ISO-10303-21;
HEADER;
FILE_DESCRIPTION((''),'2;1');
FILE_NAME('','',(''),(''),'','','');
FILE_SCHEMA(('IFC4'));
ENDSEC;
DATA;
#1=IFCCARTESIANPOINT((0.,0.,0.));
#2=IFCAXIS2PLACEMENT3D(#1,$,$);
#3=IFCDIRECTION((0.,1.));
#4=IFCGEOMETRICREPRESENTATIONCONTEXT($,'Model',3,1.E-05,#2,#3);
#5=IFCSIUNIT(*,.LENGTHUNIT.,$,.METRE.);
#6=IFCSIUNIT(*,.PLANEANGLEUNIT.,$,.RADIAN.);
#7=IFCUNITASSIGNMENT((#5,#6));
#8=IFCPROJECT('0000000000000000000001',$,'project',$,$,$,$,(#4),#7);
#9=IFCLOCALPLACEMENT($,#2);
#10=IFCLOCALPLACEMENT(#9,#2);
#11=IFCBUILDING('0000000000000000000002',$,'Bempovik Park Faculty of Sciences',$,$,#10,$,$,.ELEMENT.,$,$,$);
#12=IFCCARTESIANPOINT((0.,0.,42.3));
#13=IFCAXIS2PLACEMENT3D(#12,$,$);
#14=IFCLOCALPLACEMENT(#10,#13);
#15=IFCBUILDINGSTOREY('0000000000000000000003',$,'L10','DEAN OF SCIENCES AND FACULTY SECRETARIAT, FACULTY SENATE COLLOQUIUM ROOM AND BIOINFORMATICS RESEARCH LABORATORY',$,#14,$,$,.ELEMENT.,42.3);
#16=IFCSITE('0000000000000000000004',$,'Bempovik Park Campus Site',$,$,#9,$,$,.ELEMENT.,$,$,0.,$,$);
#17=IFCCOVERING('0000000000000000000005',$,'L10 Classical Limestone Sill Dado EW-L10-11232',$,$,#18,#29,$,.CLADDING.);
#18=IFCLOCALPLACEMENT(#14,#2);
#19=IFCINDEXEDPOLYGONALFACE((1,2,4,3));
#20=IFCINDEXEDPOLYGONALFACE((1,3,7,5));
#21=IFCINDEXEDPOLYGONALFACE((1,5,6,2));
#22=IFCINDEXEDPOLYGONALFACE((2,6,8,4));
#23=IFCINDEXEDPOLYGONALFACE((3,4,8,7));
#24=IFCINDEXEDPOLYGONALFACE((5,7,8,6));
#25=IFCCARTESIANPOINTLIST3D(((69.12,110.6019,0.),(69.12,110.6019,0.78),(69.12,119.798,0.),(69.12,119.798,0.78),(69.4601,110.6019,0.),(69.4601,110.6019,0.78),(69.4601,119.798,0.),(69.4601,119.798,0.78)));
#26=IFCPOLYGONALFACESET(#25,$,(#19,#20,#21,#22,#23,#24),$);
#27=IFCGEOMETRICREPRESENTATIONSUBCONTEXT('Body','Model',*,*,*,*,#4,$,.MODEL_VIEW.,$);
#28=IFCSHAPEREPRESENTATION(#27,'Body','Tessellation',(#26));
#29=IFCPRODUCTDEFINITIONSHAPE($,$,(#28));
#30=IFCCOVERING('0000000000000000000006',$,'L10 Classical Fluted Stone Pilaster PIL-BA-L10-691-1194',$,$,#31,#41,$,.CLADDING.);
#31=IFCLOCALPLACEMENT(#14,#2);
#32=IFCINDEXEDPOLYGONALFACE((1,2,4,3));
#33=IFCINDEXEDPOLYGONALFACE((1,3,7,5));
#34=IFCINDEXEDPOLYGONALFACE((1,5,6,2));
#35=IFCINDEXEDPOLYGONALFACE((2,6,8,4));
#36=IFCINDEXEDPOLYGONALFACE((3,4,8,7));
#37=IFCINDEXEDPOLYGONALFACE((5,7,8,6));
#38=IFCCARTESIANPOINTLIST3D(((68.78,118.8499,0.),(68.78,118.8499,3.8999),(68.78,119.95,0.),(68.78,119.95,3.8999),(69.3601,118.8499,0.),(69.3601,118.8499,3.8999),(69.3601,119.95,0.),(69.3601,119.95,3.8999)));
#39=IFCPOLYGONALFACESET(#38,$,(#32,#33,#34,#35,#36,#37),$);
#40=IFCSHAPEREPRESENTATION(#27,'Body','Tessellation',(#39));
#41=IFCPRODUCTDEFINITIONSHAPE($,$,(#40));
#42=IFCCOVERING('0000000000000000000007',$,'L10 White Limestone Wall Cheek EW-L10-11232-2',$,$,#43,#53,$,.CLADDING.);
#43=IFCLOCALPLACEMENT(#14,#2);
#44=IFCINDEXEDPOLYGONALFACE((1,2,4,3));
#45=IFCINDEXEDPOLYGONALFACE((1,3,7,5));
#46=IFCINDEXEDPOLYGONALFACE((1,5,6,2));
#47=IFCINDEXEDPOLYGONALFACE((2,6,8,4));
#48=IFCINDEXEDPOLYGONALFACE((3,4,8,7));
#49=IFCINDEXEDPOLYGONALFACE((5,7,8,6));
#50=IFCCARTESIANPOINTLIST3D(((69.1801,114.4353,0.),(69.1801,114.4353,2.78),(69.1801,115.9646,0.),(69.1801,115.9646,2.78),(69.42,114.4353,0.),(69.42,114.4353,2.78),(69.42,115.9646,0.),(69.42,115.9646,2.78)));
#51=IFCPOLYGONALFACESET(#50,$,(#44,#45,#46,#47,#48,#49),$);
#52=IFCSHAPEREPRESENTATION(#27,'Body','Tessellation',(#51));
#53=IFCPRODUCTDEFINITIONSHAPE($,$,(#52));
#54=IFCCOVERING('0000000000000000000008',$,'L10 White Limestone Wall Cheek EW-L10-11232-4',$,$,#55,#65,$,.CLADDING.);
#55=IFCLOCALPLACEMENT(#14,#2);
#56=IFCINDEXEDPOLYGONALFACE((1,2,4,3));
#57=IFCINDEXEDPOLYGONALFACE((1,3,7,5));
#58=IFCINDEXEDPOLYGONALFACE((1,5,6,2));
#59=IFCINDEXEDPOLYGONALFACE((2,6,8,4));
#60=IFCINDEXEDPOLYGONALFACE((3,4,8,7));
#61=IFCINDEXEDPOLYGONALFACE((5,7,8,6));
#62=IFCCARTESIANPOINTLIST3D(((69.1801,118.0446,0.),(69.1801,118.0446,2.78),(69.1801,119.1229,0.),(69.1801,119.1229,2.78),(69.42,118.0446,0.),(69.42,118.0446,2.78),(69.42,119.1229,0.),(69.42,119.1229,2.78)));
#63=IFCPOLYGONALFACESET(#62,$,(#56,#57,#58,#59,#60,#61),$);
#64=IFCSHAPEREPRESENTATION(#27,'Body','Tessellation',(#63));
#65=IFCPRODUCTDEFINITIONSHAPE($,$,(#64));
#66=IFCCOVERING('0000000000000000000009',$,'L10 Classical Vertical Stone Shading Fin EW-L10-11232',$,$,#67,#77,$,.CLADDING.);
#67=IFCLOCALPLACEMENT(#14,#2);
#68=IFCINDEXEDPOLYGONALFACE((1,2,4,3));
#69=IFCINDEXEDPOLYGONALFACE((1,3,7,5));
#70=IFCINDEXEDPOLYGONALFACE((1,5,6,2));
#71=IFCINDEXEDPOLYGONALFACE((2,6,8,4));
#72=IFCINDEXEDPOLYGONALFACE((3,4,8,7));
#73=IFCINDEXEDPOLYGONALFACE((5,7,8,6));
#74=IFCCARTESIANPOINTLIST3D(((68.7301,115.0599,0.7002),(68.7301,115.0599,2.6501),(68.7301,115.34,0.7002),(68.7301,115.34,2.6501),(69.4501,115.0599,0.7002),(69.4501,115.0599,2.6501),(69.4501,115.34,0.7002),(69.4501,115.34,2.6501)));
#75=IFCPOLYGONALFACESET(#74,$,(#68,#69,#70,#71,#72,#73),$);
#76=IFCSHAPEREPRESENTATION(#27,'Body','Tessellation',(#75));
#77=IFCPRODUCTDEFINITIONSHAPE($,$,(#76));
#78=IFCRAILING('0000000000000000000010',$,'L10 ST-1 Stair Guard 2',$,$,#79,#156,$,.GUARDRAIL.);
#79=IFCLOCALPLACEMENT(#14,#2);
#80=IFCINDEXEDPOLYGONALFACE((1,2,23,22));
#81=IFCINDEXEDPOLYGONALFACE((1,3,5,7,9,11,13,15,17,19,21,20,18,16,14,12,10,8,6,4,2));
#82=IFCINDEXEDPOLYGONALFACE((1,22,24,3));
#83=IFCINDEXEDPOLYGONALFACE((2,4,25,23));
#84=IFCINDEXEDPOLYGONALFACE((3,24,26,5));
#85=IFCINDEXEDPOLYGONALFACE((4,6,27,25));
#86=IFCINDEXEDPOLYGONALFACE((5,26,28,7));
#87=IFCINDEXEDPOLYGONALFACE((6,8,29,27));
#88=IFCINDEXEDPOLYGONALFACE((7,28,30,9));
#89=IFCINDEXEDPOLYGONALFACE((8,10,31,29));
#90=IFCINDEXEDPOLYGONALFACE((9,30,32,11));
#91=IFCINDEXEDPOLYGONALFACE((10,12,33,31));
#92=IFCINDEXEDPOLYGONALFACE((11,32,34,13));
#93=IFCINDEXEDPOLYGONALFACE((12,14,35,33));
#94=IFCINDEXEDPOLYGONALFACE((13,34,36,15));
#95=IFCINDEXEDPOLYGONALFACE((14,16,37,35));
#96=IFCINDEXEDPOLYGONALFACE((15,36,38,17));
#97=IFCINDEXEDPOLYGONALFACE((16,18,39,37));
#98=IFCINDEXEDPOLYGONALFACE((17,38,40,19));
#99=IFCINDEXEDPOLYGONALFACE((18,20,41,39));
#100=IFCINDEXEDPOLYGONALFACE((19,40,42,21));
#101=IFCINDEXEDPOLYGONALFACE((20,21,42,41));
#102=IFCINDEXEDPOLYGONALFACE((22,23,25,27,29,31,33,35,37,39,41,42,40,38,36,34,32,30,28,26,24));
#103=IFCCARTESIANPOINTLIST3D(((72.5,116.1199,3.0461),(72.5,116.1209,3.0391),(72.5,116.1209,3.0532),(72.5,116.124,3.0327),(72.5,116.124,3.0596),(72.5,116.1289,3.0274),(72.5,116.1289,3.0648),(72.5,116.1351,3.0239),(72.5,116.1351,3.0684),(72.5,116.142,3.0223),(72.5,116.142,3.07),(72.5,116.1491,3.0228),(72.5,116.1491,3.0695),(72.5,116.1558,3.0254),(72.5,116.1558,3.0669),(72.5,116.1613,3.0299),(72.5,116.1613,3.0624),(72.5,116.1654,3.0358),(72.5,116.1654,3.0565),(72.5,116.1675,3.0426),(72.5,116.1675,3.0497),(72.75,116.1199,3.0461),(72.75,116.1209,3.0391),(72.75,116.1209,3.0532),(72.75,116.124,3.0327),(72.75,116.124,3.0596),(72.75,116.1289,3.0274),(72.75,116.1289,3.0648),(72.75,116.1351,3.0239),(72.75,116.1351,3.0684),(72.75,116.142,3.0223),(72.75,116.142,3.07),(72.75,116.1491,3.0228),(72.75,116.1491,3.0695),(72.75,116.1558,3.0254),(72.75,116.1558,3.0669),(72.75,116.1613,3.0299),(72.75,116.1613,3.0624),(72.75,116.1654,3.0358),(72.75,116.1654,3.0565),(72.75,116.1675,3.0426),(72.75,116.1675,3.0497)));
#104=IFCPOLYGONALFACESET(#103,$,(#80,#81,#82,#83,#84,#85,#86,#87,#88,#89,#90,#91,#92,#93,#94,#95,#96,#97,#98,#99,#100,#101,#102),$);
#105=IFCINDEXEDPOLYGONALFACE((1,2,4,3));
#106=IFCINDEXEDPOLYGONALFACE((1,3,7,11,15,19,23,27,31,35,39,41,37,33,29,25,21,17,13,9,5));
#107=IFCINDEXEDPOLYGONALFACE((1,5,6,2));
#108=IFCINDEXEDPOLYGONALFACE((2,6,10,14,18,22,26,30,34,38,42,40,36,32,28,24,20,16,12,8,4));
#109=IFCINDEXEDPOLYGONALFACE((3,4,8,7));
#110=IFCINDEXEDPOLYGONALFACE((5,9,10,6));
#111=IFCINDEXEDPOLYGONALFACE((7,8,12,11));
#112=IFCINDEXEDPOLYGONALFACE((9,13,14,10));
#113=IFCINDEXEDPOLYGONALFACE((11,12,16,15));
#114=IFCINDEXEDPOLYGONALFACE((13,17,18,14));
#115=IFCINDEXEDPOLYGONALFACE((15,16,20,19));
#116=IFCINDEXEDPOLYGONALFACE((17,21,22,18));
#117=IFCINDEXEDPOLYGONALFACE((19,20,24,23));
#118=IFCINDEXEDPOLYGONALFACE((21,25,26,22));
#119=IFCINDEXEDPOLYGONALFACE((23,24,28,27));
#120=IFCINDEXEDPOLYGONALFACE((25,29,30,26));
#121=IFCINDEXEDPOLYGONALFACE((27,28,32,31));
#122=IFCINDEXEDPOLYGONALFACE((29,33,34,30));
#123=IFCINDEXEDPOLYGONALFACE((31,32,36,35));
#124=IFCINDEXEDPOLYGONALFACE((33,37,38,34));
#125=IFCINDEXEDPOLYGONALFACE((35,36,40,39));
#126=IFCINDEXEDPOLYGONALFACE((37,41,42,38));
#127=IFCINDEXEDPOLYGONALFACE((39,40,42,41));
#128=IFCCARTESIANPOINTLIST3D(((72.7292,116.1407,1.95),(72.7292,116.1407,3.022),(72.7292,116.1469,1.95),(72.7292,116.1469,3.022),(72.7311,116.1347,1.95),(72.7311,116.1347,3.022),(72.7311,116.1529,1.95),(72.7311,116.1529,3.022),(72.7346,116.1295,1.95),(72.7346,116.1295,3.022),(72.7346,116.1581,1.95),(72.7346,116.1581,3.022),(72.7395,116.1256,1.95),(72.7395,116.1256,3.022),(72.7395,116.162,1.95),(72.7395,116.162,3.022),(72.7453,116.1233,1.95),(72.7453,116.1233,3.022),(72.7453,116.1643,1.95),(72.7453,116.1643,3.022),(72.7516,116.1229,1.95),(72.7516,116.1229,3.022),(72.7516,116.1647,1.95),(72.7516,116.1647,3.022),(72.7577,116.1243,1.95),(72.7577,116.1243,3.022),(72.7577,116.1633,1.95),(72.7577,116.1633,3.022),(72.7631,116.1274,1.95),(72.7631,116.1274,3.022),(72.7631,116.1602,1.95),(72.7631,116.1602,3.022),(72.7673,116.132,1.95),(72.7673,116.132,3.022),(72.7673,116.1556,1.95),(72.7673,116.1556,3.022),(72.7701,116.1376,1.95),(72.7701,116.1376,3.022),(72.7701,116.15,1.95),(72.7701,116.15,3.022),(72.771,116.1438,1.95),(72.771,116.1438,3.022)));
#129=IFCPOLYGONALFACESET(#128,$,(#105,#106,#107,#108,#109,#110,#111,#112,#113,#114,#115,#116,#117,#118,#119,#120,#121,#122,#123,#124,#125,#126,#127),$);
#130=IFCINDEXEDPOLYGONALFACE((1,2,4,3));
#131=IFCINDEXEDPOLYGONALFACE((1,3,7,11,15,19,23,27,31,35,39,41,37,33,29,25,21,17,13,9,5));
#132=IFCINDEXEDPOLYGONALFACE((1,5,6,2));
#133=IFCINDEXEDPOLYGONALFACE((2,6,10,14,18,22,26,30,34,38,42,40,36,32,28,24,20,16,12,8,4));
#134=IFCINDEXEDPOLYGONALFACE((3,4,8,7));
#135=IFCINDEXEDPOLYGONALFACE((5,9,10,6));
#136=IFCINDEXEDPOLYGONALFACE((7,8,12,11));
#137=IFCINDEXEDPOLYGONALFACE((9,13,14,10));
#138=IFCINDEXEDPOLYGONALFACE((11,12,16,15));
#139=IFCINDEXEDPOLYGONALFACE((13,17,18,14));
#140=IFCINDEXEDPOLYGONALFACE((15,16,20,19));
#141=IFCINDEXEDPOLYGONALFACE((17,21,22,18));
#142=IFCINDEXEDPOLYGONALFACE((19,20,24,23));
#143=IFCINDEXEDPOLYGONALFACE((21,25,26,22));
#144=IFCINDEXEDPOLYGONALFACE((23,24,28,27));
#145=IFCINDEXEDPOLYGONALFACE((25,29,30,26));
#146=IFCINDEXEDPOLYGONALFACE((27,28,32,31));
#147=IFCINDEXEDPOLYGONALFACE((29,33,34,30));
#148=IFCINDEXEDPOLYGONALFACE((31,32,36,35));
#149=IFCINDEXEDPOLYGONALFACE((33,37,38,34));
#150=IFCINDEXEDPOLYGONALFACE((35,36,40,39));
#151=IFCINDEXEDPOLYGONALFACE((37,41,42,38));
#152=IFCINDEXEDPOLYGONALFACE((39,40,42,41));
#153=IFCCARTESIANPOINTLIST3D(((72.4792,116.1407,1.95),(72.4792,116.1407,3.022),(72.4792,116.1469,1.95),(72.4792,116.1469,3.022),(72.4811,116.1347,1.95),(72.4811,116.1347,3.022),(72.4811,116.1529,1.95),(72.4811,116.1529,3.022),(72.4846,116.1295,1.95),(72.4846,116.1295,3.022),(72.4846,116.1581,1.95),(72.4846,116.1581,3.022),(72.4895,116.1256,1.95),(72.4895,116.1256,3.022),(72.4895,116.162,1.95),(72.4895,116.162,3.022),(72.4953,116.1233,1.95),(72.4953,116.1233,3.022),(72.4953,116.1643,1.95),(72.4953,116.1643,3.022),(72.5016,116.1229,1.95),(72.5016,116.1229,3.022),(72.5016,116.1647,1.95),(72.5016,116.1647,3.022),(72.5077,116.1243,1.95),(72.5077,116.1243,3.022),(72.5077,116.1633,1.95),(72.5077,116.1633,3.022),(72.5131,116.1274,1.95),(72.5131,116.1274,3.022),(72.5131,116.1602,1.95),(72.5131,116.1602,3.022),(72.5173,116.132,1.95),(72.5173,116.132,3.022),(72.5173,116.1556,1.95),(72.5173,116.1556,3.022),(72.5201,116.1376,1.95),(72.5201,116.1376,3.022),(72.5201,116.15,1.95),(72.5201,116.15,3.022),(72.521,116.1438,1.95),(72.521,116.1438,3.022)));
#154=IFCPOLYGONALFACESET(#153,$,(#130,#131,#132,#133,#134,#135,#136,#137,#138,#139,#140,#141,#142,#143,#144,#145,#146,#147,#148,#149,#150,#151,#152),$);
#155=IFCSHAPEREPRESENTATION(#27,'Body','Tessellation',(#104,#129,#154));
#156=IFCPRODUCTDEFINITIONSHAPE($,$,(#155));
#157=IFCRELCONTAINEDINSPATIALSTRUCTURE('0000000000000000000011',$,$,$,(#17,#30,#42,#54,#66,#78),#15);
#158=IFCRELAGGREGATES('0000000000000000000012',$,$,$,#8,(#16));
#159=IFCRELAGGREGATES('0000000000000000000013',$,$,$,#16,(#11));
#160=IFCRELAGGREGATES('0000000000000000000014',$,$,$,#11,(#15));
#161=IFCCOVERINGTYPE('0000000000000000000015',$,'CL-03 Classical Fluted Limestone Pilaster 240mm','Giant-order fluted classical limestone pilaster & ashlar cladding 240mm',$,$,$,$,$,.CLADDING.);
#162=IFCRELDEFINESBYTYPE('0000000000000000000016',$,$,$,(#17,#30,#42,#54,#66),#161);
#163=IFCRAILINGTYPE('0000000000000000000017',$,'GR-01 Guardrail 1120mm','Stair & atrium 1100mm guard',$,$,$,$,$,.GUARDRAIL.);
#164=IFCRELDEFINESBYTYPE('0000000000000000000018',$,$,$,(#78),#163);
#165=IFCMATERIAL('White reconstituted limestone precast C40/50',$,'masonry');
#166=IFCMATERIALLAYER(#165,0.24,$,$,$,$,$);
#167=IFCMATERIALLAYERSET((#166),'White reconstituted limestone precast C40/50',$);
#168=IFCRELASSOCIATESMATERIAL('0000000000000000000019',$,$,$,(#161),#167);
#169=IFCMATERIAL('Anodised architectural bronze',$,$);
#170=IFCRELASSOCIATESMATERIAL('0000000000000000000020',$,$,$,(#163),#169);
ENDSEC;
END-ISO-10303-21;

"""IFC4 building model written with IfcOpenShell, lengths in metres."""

from ifc_helpers import new_model, si_unit, direction, frame, origin, origin_2d, place, context, subcontext, project, spatial, rectangle, circle, extrude, material, layer, layer_set, type_object, element, save


model = new_model("IFC4")

# Units and contexts
model_context = context("Model", 3, precision=1e-05, world=origin(), true_north=direction((0.0, 1.0)))
body_context = subcontext(model_context, "Body", "Model", "MODEL_VIEW")
ifc_project = project(units=[si_unit("LENGTHUNIT", "METRE"), si_unit("PLANEANGLEUNIT", "RADIAN")], contexts=[model_context])

# Site, building, storey
site_placement = place(None, origin())
site = spatial("IfcSite", under=ifc_project, at=site_placement, Name="Bempovik Park Campus Site", CompositionType="ELEMENT", RefElevation=0.0)
building_placement = place(site_placement, origin())
building = spatial("IfcBuilding", under=site, at=building_placement, Name="Bempovik Park Faculty of Sciences", CompositionType="ELEMENT")
storey_placement = place(building_placement, frame((0.0, 0.0, 42.3)))
storey = spatial("IfcBuildingStorey", under=building, at=storey_placement, Name="L10", Description="DEAN OF SCIENCES AND FACULTY SECRETARIAT, FACULTY SENATE COLLOQUIUM ROOM AND BIOINFORMATICS RESEARCH LABORATORY", CompositionType="ELEMENT", Elevation=42.3)

# Coverings
ifc_material_1 = material(Name="White reconstituted limestone precast C40/50", Category="masonry")
ifc_layer_1 = layer(ifc_material_1, 0.24)
ifc_layer_set_1 = layer_set([ifc_layer_1], Name="White reconstituted limestone precast C40/50")
covering_type_1 = type_object("IfcCoveringType", Name="CL-03 Classical Fluted Limestone Pilaster 240mm", Description="Giant-order fluted classical limestone pilaster & ashlar cladding 240mm", PredefinedType="CLADDING", material=ifc_layer_set_1)
covering_1_placement = place(storey_placement, frame((69.29, 115.2, 0.0), z_axis=(0.0, 0.0, 1.0), x_axis=(1.0, 0.0, 0.0)))
element("IfcCovering", 1, at=covering_1_placement, inside=storey, type_object=covering_type_1, Name="L10 Classical Limestone Sill Dado EW-L10-11232", PredefinedType="CLADDING", context=body_context, shape_type="SweptSolid", body=[
    extrude(rectangle(XDim=0.3401, YDim=9.196, at=origin_2d()), origin(), (0.0, 0.0, 1.0), 0.78),
])
covering_2_placement = place(storey_placement, frame((69.0701, 119.3999, 0.0), z_axis=(0.0, 0.0, 1.0), x_axis=(1.0, 0.0, 0.0)))
element("IfcCovering", 2, at=covering_2_placement, inside=storey, type_object=covering_type_1, Name="L10 Classical Fluted Stone Pilaster PIL-BA-L10-691-1194", PredefinedType="CLADDING", context=body_context, shape_type="SweptSolid", body=[
    extrude(rectangle(XDim=0.5801, YDim=1.1001, at=origin_2d()), origin(), (0.0, 0.0, 1.0), 3.8999),
])
covering_3_placement = place(storey_placement, frame((69.3, 115.2, 0.0), z_axis=(0.0, 0.0, 1.0), x_axis=(1.0, 0.0, 0.0)))
element("IfcCovering", 3, at=covering_3_placement, inside=storey, type_object=covering_type_1, Name="L10 White Limestone Wall Cheek EW-L10-11232-2", PredefinedType="CLADDING", context=body_context, shape_type="SweptSolid", body=[
    extrude(rectangle(XDim=0.24, YDim=1.5293, at=origin_2d()), origin(), (0.0, 0.0, 1.0), 2.78),
])
covering_4_placement = place(storey_placement, frame((69.3, 118.5837, 0.0), z_axis=(0.0, 0.0, 1.0), x_axis=(1.0, 0.0, 0.0)))
element("IfcCovering", 4, at=covering_4_placement, inside=storey, type_object=covering_type_1, Name="L10 White Limestone Wall Cheek EW-L10-11232-4", PredefinedType="CLADDING", context=body_context, shape_type="SweptSolid", body=[
    extrude(rectangle(XDim=0.24, YDim=1.0784, at=origin_2d()), origin(), (0.0, 0.0, 1.0), 2.78),
])
covering_5_placement = place(storey_placement, frame((69.0901, 115.2, 0.7002), z_axis=(0.0, 0.0, 1.0), x_axis=(1.0, 0.0, 0.0)))
element("IfcCovering", 5, at=covering_5_placement, inside=storey, type_object=covering_type_1, Name="L10 Classical Vertical Stone Shading Fin EW-L10-11232", PredefinedType="CLADDING", context=body_context, shape_type="SweptSolid", body=[
    extrude(rectangle(XDim=0.72, YDim=0.28, at=origin_2d()), origin(), (0.0, 0.0, 1.0), 1.95),
])

# Railing
ifc_material_2 = material(Name="Anodised architectural bronze")
railing_type_1 = type_object("IfcRailingType", Name="GR-01 Guardrail 1120mm", Description="Stair & atrium 1100mm guard", PredefinedType="GUARDRAIL", material=ifc_material_2)
railing_1_placement = place(storey_placement, frame((72.75, 116.1438, 1.95)))
element("IfcRailing", 6, at=railing_1_placement, inside=storey, type_object=railing_type_1, Name="L10 ST-1 Stair Guard 2", PredefinedType="GUARDRAIL", context=body_context, shape_type="SweptSolid", body=[
    extrude(circle(Radius=0.0239, at=origin_2d()), frame((0.0, 0.0, 1.0962), z_axis=(-1.0, 0.0, 0.0), x_axis=(0.0, -1.0, 0.0)), (0.0, 0.0, 1.0), 0.25),
    extrude(circle(Radius=0.021, at=origin_2d()), origin(), (0.0, 0.0, 1.0), 1.072),
    extrude(circle(Radius=0.021, at=origin_2d()), frame((-0.25, 0.0, 0.0)), (0.0, 0.0, 1.0), 1.072),
])

save(model, "model.ifc")
